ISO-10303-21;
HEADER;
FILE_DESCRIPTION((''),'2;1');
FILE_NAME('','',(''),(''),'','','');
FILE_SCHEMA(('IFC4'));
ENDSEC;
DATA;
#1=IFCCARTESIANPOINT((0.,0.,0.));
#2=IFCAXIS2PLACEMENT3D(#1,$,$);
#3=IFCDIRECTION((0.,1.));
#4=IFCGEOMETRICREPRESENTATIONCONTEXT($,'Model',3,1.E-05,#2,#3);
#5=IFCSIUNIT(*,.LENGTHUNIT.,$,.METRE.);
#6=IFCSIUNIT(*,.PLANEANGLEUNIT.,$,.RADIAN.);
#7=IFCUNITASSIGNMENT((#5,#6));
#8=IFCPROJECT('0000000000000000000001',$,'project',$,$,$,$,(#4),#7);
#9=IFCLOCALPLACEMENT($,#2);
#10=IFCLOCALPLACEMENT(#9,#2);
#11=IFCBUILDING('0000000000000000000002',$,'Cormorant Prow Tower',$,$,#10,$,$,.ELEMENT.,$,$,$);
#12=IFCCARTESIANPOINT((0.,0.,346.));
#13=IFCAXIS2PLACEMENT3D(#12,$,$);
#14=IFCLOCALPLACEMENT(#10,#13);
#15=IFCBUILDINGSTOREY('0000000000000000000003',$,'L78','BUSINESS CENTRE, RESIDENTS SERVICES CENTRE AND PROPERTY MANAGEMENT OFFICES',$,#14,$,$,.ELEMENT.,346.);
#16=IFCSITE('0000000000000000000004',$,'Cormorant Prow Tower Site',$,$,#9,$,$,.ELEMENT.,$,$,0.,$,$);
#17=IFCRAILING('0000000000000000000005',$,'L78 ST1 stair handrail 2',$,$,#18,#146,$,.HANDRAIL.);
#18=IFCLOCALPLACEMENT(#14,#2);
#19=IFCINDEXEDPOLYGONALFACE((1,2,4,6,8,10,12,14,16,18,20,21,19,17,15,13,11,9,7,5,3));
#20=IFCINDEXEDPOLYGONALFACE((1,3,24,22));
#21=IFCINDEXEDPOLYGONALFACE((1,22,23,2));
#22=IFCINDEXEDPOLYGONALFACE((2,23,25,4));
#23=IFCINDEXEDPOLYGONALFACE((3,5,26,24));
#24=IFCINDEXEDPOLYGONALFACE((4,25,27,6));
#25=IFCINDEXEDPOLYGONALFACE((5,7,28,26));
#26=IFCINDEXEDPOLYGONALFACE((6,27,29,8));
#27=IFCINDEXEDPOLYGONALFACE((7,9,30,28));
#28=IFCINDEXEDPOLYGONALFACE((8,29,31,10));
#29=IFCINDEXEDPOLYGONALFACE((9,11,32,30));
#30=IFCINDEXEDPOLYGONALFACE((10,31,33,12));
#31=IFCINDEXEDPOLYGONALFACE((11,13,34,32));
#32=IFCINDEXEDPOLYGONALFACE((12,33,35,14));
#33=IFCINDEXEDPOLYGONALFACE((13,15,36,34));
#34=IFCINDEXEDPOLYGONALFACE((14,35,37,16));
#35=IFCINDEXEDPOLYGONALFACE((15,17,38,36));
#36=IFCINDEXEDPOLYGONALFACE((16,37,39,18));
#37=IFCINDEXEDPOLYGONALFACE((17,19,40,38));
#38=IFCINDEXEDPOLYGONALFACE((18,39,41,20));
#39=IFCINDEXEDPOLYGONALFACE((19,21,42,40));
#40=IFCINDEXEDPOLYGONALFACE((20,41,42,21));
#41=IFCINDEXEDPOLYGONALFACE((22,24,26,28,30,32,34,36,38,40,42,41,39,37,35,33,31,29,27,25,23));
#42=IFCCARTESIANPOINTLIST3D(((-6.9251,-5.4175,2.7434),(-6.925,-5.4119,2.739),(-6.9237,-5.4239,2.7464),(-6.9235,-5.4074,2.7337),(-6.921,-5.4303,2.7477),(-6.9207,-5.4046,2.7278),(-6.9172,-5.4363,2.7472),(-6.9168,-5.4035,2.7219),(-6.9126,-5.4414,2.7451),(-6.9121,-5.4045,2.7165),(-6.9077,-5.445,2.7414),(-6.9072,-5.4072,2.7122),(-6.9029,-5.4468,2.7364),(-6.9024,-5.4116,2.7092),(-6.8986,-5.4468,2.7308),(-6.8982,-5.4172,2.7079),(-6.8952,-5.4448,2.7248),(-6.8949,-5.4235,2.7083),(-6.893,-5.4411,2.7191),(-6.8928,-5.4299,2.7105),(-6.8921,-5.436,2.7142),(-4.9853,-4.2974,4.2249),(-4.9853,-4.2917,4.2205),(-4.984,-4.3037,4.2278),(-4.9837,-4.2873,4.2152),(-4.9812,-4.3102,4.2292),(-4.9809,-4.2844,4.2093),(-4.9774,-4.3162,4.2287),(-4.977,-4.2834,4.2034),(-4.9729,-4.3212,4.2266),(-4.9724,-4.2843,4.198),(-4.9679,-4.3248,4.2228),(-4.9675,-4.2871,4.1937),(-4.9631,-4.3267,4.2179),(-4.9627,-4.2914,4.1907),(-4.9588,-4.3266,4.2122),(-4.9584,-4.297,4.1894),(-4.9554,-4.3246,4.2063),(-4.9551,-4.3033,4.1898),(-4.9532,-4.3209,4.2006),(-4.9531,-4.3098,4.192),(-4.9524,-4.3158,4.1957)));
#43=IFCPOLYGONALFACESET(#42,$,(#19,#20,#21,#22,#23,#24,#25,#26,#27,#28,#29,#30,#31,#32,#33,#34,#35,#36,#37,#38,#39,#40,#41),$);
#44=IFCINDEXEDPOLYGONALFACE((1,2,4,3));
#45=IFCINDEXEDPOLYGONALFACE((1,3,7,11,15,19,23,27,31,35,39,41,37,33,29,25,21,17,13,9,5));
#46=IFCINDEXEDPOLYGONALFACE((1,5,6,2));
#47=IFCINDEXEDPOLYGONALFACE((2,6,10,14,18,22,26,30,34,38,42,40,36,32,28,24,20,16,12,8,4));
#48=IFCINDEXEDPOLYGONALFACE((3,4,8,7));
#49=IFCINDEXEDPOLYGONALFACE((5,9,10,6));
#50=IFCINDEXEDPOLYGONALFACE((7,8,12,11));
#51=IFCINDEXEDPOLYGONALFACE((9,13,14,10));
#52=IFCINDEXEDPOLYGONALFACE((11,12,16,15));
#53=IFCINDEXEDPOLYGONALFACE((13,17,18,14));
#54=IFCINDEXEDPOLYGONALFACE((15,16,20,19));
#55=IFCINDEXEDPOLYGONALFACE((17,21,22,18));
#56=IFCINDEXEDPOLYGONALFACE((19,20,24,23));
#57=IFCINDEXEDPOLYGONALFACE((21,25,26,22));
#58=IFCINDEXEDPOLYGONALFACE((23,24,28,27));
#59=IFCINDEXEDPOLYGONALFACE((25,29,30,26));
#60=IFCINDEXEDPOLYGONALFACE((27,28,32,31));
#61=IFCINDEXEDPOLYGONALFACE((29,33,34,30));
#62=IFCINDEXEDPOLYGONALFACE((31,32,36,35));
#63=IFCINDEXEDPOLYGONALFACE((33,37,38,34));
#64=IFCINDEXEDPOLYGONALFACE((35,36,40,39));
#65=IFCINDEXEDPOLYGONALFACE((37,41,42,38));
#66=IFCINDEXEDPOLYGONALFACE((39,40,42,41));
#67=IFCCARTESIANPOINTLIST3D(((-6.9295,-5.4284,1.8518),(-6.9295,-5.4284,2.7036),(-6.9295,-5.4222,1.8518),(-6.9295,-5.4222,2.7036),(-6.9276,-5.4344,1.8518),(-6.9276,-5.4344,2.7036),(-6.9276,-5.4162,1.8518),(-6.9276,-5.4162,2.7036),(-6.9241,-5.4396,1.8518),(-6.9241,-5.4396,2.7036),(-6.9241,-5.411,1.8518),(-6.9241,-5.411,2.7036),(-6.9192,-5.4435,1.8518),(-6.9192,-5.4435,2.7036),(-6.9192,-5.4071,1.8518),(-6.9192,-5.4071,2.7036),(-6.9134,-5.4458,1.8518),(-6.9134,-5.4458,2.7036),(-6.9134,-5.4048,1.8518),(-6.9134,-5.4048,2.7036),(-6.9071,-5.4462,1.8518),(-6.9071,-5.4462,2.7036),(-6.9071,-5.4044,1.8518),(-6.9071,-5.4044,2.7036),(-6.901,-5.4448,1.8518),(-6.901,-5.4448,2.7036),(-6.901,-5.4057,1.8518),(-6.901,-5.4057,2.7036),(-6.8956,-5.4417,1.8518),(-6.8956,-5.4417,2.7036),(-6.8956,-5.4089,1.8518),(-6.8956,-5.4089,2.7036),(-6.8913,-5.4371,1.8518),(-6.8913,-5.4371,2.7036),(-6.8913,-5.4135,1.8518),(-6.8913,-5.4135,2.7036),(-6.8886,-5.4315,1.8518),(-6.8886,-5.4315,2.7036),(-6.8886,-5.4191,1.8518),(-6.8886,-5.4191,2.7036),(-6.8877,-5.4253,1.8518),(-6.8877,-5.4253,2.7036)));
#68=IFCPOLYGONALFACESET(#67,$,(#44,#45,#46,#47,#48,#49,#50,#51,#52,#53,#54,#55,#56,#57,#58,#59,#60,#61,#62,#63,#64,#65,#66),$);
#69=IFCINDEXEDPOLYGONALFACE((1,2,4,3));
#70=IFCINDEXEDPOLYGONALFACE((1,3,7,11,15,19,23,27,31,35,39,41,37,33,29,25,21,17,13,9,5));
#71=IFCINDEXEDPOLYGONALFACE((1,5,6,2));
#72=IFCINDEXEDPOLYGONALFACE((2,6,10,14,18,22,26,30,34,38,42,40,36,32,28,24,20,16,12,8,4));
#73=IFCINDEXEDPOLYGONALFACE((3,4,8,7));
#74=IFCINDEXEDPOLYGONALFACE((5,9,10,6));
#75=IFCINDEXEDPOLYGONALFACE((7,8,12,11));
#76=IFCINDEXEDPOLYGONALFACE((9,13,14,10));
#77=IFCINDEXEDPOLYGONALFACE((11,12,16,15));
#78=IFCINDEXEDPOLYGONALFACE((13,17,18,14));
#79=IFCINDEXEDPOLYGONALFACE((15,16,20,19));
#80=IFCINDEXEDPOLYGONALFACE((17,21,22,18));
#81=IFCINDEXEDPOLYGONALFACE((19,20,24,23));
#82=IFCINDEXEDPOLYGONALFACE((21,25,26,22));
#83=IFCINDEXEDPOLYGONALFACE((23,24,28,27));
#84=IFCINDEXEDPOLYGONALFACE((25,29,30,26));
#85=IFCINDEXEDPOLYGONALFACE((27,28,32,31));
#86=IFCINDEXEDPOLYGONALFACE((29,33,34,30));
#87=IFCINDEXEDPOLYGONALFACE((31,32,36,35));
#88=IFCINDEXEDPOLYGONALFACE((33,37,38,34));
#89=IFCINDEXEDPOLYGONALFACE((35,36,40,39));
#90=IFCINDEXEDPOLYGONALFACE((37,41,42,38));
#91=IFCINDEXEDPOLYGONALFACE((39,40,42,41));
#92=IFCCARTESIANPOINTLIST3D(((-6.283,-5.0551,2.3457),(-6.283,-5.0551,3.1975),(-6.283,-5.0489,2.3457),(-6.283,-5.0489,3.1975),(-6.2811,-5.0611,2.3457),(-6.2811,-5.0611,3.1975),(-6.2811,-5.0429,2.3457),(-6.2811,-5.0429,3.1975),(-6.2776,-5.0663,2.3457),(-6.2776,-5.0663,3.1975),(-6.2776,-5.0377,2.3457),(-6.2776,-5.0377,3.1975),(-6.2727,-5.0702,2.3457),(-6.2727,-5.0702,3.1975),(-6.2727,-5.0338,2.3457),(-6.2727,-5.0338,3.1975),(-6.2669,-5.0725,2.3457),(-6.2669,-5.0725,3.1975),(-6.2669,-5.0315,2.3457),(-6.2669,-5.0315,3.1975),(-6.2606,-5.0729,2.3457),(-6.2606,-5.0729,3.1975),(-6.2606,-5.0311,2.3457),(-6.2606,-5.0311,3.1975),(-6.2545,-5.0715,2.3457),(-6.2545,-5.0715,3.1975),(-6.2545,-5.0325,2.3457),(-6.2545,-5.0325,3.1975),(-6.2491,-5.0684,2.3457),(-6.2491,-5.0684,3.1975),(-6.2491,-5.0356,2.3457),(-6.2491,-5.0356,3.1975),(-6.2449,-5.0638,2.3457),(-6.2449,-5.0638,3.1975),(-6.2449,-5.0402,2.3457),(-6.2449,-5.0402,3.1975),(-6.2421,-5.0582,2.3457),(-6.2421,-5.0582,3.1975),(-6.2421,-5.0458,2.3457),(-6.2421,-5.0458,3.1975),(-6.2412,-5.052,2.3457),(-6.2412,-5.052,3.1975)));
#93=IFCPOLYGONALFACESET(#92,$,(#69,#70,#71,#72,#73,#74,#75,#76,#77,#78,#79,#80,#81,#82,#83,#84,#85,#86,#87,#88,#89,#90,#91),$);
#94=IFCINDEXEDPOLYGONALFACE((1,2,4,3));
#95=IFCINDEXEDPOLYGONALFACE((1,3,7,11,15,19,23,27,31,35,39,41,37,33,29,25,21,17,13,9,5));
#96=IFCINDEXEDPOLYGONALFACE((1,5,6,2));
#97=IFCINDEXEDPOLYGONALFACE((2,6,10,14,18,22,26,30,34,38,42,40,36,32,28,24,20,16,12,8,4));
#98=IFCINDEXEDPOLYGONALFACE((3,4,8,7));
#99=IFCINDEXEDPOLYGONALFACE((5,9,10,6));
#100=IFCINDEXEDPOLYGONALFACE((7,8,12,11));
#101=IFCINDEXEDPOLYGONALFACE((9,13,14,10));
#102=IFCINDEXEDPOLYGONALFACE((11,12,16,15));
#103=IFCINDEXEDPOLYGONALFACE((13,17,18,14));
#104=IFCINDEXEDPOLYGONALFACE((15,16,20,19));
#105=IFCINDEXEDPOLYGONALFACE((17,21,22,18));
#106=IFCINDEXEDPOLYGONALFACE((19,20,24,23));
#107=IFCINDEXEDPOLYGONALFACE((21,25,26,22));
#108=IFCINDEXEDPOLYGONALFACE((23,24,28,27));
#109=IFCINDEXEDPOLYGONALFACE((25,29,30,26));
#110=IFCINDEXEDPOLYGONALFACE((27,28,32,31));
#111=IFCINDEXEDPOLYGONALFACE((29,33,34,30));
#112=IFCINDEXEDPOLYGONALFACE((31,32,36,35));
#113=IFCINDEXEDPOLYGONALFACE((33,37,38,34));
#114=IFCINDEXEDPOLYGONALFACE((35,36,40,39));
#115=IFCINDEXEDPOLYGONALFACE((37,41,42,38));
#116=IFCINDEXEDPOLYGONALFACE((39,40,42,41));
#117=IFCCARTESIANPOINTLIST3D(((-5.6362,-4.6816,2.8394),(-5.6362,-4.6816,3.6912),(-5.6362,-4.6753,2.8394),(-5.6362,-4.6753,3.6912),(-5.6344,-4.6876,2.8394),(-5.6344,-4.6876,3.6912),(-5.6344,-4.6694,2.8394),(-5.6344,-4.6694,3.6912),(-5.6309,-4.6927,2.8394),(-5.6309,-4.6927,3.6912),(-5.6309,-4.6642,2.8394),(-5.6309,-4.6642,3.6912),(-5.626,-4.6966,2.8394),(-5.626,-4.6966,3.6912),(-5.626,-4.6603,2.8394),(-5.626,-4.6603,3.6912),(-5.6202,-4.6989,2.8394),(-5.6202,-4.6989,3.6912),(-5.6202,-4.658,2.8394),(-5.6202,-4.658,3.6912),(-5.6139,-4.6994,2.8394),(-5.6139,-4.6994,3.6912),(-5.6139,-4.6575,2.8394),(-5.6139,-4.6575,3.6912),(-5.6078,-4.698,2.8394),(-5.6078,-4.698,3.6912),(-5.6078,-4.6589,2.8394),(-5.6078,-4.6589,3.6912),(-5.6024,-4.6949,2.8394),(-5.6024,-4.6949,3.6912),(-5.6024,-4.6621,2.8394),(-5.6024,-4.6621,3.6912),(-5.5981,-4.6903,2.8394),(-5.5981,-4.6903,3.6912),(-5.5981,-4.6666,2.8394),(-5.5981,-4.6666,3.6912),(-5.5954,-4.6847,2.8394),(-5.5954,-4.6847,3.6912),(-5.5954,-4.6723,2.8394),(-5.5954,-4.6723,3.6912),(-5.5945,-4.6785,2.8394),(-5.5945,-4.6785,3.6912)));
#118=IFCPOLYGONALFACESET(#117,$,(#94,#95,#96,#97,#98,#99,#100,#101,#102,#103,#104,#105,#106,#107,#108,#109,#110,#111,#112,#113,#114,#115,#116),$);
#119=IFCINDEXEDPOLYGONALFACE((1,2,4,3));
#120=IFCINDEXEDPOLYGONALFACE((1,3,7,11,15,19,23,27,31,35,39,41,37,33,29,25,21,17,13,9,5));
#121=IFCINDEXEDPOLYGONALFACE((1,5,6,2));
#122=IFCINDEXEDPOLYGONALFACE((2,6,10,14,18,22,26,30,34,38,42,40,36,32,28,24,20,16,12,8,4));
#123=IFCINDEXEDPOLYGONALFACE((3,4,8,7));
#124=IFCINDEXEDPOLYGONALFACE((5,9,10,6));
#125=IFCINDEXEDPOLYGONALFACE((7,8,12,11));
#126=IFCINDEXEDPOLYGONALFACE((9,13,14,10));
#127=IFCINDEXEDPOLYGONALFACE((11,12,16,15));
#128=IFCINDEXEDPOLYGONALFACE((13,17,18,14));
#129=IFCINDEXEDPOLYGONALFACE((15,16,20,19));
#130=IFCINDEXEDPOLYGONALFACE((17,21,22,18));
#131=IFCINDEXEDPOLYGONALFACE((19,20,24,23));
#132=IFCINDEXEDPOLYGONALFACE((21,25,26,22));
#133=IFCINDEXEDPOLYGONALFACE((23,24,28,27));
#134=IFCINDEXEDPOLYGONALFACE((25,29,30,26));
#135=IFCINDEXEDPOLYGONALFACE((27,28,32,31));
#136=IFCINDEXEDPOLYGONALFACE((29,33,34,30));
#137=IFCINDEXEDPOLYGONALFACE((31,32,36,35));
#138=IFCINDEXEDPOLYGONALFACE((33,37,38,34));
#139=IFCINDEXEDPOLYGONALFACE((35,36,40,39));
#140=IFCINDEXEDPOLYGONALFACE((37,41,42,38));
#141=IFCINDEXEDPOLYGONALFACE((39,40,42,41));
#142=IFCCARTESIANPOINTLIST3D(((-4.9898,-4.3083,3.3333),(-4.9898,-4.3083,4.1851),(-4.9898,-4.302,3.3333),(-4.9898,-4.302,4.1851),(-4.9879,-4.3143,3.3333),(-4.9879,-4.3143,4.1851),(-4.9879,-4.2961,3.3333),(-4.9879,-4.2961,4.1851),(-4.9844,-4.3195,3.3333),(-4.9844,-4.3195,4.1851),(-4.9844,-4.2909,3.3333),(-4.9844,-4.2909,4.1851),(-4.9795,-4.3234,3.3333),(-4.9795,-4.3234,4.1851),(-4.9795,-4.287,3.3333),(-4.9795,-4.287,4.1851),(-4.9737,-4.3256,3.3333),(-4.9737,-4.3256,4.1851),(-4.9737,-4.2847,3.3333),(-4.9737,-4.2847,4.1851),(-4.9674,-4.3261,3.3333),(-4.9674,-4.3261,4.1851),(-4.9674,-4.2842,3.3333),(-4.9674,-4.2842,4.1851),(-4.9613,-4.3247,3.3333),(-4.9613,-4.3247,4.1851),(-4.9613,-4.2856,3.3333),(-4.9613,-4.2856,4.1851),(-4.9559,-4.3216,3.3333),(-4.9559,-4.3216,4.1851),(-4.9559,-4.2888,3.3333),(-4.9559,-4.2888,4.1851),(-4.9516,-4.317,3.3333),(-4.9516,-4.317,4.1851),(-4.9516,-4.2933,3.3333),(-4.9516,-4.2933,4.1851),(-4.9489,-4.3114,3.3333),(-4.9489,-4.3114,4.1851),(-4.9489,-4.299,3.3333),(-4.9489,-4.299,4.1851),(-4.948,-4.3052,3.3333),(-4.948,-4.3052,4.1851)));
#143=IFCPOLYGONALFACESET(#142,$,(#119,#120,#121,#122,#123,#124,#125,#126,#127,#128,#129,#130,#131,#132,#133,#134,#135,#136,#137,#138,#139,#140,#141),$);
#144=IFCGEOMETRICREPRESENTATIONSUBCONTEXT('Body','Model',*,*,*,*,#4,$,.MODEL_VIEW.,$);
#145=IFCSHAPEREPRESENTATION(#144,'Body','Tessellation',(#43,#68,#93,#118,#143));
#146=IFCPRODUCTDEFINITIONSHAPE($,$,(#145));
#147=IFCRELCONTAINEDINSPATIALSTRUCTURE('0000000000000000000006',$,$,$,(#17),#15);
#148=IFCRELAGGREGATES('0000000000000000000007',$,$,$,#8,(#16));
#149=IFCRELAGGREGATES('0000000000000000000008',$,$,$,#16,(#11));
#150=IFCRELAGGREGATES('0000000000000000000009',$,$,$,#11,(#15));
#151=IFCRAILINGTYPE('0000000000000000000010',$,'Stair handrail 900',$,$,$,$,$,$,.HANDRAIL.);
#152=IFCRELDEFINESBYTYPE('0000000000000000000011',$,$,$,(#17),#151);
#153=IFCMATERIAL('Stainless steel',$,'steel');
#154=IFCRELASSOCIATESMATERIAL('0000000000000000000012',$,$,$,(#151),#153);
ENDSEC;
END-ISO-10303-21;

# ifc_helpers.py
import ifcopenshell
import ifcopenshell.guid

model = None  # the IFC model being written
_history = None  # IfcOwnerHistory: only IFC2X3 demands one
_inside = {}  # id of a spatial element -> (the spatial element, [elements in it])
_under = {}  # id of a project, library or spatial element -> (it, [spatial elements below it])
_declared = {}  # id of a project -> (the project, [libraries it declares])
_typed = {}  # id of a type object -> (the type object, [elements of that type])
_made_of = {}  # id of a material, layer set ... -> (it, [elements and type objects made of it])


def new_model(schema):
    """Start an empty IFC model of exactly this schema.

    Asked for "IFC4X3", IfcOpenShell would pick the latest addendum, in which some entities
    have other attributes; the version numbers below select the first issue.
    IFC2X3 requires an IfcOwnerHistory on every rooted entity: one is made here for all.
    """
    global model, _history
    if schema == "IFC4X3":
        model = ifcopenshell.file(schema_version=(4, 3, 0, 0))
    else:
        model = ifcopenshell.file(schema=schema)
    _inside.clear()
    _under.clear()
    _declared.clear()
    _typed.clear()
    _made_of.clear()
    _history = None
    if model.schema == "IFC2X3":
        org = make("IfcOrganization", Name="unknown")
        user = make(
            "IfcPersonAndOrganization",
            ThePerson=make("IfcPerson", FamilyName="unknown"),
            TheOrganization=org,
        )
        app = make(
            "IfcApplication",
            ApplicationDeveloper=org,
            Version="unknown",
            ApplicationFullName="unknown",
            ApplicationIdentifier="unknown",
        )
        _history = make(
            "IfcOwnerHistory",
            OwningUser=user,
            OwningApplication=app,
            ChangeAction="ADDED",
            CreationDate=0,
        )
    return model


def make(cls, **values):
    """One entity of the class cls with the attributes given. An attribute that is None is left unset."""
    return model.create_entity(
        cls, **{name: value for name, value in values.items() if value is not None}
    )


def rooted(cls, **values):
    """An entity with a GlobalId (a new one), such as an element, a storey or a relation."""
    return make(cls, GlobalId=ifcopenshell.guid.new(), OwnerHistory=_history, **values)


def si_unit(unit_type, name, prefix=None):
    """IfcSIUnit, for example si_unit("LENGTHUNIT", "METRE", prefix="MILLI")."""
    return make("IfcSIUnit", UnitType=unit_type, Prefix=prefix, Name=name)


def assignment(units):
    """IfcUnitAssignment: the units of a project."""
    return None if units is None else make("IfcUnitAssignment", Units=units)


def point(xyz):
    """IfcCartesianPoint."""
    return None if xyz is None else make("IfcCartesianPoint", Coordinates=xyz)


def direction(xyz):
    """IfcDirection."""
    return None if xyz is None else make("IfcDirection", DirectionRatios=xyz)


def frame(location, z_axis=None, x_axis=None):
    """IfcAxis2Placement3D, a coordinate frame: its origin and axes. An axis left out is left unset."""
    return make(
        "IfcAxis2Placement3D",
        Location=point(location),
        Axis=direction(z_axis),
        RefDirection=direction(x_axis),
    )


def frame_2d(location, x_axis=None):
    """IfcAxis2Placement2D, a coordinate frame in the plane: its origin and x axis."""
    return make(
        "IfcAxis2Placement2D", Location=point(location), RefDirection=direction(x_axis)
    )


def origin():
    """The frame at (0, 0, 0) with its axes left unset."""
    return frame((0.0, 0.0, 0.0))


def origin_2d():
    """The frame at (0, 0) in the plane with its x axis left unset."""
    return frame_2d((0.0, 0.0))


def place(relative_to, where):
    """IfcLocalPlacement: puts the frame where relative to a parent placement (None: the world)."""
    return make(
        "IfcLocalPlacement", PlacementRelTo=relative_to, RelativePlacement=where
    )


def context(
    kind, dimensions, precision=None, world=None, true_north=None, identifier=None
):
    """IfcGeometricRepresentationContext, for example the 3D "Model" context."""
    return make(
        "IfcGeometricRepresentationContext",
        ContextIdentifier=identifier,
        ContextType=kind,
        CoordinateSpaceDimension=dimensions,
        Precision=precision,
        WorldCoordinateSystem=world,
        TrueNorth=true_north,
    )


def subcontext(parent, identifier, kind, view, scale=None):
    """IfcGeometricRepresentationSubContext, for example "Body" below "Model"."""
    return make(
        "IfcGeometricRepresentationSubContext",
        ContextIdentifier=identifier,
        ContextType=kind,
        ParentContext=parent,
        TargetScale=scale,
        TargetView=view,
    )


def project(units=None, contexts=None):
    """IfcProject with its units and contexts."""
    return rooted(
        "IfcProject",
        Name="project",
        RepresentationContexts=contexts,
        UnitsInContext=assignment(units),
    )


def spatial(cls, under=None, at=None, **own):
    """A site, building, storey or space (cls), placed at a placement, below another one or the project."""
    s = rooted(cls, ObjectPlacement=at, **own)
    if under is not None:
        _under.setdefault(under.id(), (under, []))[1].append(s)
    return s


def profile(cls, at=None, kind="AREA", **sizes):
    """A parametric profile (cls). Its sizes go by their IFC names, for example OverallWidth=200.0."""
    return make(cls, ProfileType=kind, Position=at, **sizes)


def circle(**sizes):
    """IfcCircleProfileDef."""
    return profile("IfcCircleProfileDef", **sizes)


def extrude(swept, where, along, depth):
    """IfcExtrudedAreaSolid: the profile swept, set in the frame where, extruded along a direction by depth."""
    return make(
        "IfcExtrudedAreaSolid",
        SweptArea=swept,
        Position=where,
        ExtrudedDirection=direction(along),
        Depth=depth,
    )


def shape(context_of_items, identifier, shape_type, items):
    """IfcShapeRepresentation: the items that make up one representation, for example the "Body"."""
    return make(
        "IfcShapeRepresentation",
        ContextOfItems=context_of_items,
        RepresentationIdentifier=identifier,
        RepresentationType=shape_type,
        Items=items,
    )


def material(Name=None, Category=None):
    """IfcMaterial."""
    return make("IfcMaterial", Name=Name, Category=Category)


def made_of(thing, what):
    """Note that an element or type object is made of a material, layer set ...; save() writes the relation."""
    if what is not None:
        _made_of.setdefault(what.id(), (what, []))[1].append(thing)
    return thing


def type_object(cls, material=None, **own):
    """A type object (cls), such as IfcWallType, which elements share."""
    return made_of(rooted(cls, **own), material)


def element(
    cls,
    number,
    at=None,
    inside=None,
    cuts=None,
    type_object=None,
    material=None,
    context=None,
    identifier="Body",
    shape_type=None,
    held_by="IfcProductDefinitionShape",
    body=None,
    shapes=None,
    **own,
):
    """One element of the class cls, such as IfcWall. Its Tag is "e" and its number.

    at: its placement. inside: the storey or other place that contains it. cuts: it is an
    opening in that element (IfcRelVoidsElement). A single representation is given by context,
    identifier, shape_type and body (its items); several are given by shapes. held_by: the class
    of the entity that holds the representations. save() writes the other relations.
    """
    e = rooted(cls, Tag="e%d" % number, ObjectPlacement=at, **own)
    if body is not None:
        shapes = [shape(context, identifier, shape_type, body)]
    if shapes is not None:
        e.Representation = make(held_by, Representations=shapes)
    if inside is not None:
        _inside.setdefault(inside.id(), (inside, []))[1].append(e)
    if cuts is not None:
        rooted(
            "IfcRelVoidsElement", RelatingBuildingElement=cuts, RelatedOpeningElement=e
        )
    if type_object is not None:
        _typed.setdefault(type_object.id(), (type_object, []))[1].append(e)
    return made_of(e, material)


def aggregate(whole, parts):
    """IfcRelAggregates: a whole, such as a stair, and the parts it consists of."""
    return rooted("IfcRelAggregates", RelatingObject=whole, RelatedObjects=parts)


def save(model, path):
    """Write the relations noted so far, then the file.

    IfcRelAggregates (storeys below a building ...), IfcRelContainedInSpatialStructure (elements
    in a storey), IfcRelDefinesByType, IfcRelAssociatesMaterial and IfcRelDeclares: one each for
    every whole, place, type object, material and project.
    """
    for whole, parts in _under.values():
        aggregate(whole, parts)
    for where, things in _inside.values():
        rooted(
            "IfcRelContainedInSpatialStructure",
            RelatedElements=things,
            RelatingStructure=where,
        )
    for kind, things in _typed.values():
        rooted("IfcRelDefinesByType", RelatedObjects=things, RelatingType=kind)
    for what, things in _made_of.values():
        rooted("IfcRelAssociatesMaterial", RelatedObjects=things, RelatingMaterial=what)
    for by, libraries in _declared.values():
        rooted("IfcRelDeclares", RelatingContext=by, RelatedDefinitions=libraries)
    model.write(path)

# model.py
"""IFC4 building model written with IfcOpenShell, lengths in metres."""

from ifc_helpers import new_model, si_unit, direction, frame, origin, origin_2d, place, context, subcontext, project, spatial, circle, extrude, material, type_object, element, save


model = new_model("IFC4")

# Units and contexts
model_context = context("Model", 3, precision=1e-05, world=origin(), true_north=direction((0.0, 1.0)))
body_context = subcontext(model_context, "Body", "Model", "MODEL_VIEW")
ifc_project = project(units=[si_unit("LENGTHUNIT", "METRE"), si_unit("PLANEANGLEUNIT", "RADIAN")], contexts=[model_context])

# Site, building, storey
site_placement = place(None, origin())
site = spatial("IfcSite", under=ifc_project, at=site_placement, Name="Cormorant Prow Tower Site", CompositionType="ELEMENT", RefElevation=0.0)
building_placement = place(site_placement, origin())
building = spatial("IfcBuilding", under=site, at=building_placement, Name="Cormorant Prow Tower", CompositionType="ELEMENT")
storey_placement = place(building_placement, frame((0.0, 0.0, 346.0)))
storey = spatial("IfcBuildingStorey", under=building, at=storey_placement, Name="L78", Description="BUSINESS CENTRE, RESIDENTS SERVICES CENTRE AND PROPERTY MANAGEMENT OFFICES", CompositionType="ELEMENT", Elevation=346.0)

# Railing
ifc_material_1 = material(Name="Stainless steel", Category="steel")
railing_type = type_object("IfcRailingType", Name="Stair handrail 900", PredefinedType="HANDRAIL", material=ifc_material_1)
for number, where, name in (
    (1, (-6.9087, -5.4253, 1.8518), "L78 ST1 stair handrail 2"),
):
    element("IfcRailing", number, at=place(storey_placement, frame(where)), inside=storey, type_object=railing_type, Name=name, PredefinedType="HANDRAIL", context=body_context, shape_type="SweptSolid", body=[
        extrude(circle(Radius=0.0239, at=origin_2d()), frame((0.0, 0.0, 0.876), z_axis=(0.722292, 0.417102, 0.551651), x_axis=(-0.500078, 0.86598, 0.0)), (0.0, 0.0, 1.0), 2.6855),
        extrude(circle(Radius=0.021, at=origin_2d()), origin(), (0.0, 0.0, 1.0), 0.8518),
        extrude(circle(Radius=0.021, at=origin_2d()), frame((0.6465, 0.3733, 0.4939)), (0.0, 0.0, 1.0), 0.8518),
        extrude(circle(Radius=0.021, at=origin_2d()), frame((1.2932, 0.7468, 0.9875)), (0.0, 0.0, 1.0), 0.8518),
        extrude(circle(Radius=0.021, at=origin_2d()), frame((1.9397, 1.1201, 1.4814)), (0.0, 0.0, 1.0), 0.8518),
    ])

save(model, "model.ifc")
